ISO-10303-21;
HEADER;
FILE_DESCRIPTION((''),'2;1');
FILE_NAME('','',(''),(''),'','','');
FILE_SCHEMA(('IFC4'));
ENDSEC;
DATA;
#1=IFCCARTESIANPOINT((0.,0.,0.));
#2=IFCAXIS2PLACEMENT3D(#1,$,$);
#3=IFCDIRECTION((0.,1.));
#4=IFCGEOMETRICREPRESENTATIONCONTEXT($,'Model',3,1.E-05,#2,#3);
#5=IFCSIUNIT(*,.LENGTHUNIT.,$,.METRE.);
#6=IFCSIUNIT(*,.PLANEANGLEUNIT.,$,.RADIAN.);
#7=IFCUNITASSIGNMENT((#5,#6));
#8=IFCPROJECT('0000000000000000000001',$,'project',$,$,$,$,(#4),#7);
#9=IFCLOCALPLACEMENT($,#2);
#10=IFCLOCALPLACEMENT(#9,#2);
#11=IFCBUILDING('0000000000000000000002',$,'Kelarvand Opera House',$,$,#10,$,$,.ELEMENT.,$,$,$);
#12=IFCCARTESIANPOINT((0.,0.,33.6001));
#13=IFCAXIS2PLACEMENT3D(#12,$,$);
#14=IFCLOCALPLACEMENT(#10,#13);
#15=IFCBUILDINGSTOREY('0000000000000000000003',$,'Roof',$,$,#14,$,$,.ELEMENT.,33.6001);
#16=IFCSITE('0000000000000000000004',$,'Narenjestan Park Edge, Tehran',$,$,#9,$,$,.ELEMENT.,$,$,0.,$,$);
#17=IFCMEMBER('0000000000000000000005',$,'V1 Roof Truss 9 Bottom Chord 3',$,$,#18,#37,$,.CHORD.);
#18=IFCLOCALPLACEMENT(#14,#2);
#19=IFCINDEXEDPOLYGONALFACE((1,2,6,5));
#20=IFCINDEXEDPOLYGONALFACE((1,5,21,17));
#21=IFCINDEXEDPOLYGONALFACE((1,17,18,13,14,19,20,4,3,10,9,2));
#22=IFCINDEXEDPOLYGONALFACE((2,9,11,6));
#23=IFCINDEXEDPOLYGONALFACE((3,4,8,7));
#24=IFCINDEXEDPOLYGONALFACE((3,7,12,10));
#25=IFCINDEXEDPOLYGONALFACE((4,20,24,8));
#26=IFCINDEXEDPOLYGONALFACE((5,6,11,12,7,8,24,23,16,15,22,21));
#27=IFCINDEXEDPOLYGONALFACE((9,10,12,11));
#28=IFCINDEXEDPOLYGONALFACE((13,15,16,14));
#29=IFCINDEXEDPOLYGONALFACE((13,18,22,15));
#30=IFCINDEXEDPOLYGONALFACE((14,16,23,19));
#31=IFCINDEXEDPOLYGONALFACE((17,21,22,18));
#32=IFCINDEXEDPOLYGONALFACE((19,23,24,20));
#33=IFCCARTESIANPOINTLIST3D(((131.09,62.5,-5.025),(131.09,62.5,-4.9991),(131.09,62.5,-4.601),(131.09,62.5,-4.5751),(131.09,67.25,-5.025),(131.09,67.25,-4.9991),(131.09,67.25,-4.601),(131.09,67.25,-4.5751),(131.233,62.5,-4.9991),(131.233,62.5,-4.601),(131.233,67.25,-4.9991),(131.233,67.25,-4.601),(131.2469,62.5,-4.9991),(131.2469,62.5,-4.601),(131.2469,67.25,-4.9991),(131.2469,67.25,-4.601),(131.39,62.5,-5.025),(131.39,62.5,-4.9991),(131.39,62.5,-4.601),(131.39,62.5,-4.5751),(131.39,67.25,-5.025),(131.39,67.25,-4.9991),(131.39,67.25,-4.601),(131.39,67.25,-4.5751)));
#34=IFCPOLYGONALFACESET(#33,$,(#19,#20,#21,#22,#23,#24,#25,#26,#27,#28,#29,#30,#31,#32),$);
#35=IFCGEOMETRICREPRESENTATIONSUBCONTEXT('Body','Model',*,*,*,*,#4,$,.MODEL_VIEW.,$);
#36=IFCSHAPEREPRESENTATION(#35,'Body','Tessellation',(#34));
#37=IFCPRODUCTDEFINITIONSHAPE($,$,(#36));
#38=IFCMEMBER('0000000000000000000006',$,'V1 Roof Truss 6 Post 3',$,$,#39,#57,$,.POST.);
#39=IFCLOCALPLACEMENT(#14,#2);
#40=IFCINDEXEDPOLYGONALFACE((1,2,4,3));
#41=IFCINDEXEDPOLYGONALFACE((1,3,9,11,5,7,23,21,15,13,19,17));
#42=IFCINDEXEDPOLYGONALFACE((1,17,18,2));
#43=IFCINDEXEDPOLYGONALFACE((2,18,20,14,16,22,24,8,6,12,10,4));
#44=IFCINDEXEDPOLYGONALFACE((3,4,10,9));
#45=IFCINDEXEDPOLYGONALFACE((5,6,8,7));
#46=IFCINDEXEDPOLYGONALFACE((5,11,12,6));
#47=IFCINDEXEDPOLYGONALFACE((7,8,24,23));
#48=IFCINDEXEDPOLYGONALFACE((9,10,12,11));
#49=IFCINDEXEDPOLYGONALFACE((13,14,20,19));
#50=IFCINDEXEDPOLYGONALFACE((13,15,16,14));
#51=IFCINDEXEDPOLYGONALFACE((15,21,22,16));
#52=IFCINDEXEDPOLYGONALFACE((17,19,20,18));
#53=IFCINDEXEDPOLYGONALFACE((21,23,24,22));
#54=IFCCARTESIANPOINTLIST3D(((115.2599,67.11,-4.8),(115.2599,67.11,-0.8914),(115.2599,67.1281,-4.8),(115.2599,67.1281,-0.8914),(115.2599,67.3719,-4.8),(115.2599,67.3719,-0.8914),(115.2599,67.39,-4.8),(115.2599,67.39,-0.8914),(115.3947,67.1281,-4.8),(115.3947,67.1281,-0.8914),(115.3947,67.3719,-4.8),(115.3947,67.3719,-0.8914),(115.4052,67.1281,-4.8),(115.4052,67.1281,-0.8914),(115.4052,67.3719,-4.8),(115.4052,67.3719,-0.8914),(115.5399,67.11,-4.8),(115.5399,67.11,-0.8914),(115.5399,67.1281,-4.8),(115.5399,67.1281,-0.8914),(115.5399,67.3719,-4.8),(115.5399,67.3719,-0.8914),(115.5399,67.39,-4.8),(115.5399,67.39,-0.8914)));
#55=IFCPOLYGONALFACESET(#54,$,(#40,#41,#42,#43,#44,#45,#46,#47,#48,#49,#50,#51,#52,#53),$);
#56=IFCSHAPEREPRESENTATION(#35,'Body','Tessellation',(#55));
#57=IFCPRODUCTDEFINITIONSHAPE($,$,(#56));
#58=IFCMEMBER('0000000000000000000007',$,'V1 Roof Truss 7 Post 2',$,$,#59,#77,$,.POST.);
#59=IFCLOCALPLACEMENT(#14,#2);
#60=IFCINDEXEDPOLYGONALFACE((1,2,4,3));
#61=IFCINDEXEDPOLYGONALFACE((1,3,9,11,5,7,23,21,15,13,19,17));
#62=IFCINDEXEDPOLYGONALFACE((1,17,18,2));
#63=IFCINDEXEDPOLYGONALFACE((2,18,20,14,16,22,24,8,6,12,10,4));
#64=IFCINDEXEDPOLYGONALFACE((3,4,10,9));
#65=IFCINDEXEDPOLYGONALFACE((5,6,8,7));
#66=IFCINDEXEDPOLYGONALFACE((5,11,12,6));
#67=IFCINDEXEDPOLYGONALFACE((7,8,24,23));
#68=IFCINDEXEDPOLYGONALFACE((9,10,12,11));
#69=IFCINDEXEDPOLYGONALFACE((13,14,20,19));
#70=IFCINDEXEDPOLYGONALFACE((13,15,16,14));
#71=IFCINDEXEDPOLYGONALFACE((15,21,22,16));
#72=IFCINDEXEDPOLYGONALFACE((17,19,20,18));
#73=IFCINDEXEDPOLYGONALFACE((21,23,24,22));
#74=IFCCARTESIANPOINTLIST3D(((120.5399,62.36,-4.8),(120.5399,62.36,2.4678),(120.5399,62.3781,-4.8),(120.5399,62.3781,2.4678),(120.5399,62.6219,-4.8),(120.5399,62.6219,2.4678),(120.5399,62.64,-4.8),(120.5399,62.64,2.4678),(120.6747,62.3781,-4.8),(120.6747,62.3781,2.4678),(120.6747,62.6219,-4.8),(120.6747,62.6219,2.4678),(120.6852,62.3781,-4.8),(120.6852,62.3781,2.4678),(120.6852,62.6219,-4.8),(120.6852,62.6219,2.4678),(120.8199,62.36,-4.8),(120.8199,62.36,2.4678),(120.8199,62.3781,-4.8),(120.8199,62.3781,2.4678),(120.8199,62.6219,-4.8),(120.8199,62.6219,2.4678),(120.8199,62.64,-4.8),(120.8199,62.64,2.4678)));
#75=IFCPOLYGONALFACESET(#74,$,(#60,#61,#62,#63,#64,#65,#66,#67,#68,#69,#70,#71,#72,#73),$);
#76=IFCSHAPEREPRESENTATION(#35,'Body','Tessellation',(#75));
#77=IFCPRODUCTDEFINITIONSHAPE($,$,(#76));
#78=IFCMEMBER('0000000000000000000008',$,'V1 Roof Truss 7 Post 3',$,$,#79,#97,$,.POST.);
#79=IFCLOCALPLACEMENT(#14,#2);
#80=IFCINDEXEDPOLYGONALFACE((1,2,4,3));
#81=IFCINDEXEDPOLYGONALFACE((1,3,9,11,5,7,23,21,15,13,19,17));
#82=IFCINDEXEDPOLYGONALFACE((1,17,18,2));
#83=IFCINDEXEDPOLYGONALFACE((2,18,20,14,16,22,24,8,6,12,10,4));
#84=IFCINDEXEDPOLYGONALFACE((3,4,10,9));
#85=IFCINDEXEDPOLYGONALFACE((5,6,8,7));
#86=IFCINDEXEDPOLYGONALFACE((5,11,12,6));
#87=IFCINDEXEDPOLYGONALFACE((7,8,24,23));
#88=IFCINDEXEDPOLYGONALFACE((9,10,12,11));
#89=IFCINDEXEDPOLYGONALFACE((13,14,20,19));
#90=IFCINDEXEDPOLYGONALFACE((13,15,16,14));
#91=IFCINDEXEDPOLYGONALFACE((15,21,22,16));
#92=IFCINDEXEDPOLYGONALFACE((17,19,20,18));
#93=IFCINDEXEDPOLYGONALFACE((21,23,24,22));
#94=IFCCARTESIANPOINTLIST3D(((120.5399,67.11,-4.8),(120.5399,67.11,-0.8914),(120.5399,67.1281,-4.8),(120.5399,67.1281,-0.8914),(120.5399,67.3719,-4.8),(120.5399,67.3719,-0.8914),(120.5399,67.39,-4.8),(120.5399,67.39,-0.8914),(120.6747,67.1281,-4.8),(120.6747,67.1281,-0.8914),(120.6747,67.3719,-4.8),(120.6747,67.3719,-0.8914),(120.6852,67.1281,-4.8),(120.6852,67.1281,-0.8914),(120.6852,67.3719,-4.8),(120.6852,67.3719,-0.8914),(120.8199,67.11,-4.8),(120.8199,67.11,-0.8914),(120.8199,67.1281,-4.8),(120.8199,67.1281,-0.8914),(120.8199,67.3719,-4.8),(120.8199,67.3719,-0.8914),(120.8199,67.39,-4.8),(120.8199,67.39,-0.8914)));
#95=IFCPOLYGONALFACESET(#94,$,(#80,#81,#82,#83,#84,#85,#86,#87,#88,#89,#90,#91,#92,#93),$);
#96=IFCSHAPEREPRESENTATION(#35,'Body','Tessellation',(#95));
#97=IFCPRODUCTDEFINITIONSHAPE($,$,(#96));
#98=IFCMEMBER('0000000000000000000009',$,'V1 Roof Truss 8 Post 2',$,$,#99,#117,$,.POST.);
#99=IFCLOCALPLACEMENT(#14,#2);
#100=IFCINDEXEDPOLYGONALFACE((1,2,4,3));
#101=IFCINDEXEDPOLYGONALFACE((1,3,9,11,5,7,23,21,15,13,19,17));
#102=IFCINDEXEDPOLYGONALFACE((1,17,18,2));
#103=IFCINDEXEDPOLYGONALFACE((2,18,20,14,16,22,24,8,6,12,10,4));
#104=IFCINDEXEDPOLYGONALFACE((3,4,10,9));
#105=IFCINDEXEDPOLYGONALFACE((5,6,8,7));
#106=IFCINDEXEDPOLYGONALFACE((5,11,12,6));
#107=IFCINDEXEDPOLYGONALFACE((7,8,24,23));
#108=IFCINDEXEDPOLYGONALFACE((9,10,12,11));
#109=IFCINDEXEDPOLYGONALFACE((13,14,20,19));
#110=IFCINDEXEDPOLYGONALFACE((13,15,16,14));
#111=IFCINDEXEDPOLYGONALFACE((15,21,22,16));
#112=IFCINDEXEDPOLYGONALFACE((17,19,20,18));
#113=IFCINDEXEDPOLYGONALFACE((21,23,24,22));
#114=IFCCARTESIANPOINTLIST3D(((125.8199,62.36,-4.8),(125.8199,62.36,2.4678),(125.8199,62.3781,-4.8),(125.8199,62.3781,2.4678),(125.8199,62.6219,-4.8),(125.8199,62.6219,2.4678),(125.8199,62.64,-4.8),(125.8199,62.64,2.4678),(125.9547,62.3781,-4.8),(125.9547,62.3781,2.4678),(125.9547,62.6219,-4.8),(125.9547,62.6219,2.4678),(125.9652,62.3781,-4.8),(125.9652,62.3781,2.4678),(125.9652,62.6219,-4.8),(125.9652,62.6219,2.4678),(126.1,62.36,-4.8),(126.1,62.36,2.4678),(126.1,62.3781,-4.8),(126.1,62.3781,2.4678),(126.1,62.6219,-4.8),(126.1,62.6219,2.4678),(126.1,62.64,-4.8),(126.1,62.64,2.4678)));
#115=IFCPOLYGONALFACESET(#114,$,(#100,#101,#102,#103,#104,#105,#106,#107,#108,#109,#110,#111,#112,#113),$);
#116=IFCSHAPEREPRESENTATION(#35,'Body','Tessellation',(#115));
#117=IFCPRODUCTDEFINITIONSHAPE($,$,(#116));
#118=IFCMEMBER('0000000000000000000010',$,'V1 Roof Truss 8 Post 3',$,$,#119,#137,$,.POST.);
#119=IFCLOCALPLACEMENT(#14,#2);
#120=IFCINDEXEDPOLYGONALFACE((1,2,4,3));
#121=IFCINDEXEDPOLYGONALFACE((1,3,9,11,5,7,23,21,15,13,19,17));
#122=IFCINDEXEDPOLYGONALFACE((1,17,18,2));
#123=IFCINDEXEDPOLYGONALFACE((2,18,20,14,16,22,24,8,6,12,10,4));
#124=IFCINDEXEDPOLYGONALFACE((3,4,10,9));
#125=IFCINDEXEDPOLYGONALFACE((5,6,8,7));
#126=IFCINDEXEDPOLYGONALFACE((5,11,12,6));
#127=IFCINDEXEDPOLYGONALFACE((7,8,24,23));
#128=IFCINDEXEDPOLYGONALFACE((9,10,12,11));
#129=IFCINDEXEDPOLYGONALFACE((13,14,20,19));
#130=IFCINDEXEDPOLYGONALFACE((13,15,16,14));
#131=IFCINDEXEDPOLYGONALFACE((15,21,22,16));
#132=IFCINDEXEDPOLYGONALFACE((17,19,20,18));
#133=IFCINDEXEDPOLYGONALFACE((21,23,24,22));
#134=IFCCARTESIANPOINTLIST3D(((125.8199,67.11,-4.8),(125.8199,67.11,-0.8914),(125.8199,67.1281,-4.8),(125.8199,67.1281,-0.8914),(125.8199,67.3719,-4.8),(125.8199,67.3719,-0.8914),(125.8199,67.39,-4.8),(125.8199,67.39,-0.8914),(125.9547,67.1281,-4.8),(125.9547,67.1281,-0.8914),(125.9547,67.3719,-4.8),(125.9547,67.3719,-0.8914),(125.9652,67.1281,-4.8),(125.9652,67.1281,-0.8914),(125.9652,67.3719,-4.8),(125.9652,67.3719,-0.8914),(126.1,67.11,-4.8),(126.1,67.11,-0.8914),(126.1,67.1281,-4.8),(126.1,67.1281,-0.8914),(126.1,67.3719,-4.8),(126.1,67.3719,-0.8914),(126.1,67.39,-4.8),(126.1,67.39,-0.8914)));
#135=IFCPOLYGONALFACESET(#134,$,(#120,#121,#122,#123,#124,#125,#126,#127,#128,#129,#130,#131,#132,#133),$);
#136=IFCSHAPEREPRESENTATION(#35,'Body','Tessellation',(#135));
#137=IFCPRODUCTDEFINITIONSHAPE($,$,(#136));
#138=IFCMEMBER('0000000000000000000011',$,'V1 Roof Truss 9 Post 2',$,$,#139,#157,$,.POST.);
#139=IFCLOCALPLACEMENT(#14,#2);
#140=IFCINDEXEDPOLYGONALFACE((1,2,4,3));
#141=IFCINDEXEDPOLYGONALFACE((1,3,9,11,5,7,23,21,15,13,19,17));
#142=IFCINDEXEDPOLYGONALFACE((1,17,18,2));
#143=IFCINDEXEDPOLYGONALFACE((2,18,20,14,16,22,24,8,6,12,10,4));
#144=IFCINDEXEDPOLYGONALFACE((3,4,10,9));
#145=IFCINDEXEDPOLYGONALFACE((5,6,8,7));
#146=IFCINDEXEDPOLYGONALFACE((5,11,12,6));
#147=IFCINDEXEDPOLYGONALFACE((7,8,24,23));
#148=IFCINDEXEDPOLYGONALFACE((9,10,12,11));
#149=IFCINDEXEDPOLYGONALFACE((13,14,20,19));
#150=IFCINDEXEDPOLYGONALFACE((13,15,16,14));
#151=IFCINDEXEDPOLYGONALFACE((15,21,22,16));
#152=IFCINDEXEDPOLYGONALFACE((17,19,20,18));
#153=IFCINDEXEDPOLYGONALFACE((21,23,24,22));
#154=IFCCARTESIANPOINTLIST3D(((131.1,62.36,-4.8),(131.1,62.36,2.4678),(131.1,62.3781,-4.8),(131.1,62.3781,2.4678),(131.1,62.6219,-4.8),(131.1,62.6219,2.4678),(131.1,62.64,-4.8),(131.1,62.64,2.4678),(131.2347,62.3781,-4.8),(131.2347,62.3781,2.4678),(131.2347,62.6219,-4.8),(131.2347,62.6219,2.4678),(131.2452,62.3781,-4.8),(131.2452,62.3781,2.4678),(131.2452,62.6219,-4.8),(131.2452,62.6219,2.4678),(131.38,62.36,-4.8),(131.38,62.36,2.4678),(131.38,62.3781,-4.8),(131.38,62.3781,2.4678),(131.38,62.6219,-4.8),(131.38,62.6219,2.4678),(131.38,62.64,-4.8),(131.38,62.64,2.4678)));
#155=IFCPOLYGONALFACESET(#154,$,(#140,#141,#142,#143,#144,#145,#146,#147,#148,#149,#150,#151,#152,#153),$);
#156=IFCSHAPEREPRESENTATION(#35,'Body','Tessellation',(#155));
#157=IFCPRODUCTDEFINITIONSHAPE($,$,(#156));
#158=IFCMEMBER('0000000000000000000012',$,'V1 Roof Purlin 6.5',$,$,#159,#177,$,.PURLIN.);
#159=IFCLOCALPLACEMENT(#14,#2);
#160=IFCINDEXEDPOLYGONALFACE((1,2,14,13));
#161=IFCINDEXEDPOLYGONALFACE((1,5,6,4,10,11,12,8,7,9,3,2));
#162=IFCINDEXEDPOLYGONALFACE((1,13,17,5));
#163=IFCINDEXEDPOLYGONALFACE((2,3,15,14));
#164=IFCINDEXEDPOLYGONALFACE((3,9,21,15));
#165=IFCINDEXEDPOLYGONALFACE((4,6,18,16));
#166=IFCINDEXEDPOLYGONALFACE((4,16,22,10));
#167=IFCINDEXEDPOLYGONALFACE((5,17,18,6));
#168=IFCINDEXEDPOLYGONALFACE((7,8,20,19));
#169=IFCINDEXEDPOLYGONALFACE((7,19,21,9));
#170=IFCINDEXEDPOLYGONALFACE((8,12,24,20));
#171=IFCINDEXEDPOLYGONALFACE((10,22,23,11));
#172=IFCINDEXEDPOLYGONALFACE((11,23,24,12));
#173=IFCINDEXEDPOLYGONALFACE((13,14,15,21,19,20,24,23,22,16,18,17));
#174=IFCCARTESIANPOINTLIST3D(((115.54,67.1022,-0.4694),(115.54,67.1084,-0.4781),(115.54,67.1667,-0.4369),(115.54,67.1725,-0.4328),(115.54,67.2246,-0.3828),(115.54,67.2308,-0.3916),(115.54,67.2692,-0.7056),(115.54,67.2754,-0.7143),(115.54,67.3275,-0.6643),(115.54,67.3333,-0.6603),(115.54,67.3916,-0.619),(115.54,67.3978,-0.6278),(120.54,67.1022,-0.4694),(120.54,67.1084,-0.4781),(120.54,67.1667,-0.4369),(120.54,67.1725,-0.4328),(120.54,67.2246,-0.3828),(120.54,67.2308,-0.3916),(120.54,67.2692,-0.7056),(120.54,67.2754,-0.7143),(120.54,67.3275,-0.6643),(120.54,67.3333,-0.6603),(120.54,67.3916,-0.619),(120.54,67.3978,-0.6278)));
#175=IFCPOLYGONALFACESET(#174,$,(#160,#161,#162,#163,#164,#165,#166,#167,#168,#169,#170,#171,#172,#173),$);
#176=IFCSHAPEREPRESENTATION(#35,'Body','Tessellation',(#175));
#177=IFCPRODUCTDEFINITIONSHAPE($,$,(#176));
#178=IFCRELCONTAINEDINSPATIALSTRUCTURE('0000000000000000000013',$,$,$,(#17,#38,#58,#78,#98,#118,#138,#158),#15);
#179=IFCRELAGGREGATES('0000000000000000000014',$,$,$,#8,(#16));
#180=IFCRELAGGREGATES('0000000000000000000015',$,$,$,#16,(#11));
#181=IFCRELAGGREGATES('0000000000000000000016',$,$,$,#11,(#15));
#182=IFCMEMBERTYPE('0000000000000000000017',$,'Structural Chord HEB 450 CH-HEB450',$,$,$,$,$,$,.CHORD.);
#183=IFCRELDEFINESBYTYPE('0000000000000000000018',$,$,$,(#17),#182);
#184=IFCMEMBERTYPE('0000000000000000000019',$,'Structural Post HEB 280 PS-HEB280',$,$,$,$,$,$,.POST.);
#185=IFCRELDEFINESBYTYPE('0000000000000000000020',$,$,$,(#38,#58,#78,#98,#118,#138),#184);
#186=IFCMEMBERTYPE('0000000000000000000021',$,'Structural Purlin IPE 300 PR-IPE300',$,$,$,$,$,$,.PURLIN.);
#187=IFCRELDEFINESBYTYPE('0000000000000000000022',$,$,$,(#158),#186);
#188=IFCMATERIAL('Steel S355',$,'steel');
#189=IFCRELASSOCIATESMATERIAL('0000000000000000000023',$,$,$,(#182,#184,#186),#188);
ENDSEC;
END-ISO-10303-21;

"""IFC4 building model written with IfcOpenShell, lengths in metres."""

from ifc_helpers import new_model, si_unit, direction, frame, origin, origin_2d, place, context, subcontext, project, spatial, i_section, extrude, material, material_profile, profile_set, type_object, element, save


model = new_model("IFC4")

# Units and contexts
model_context = context("Model", 3, precision=1e-05, world=origin(), true_north=direction((0.0, 1.0)))
body_context = subcontext(model_context, "Body", "Model", "MODEL_VIEW")
ifc_project = project(units=[si_unit("LENGTHUNIT", "METRE"), si_unit("PLANEANGLEUNIT", "RADIAN")], contexts=[model_context])

# Site, building, storey
site_placement = place(None, origin())
site = spatial("IfcSite", under=ifc_project, at=site_placement, Name="Narenjestan Park Edge, Tehran", CompositionType="ELEMENT", RefElevation=0.0)
building_placement = place(site_placement, origin())
building = spatial("IfcBuilding", under=site, at=building_placement, Name="Kelarvand Opera House", CompositionType="ELEMENT")
storey_placement = place(building_placement, frame((0.0, 0.0, 33.6001)))
storey = spatial("IfcBuildingStorey", under=building, at=storey_placement, Name="Roof", CompositionType="ELEMENT", Elevation=33.6001)

# Members
ifc_material = material(Name="Steel S355", Category="steel")
ifc_material_profile_1 = material_profile(ifc_material, i_section(OverallWidth=0.3, OverallDepth=0.45, WebThickness=0.0139, FlangeThickness=0.0259, at=origin_2d()), Name="HEB 450", Category="steel")
ifc_profile_set_1 = profile_set([ifc_material_profile_1], Name="Steel S355")
member_type_1 = type_object("IfcMemberType", Name="Structural Chord HEB 450 CH-HEB450", PredefinedType="CHORD", material=ifc_profile_set_1)
for number, where, z_axis, x_axis, name in (
    (1, (131.24, 62.5, -4.8), (0.0, 1.0, 0.0), (-1.0, 0.0, 0.0), "V1 Roof Truss 9 Bottom Chord 3"),
):
    element("IfcMember", number, at=place(storey_placement, frame(where, z_axis=z_axis, x_axis=x_axis)), inside=storey, type_object=member_type_1, Name=name, PredefinedType="CHORD", context=body_context, shape_type="SweptSolid", body=[
        extrude(i_section(OverallWidth=0.3, OverallDepth=0.45, WebThickness=0.0139, FlangeThickness=0.0259, at=origin_2d()), origin(), (0.0, 0.0, 1.0), 4.75),
    ])
ifc_material_profile_2 = material_profile(ifc_material, i_section(OverallWidth=0.28, OverallDepth=0.28, WebThickness=0.0105, FlangeThickness=0.0181, at=origin_2d()), Name="HEB 280", Category="steel")
ifc_profile_set_2 = profile_set([ifc_material_profile_2], Name="Steel S355")
member_type_2 = type_object("IfcMemberType", Name="Structural Post HEB 280 PS-HEB280", PredefinedType="POST", material=ifc_profile_set_2)
member_1_placement = place(storey_placement, frame((115.3999, 67.25, -4.8), z_axis=(0.0, 0.0, 1.0), x_axis=(1.0, 0.0, 0.0)))
element("IfcMember", 2, at=member_1_placement, inside=storey, type_object=member_type_2, Name="V1 Roof Truss 6 Post 3", PredefinedType="POST", context=body_context, shape_type="SweptSolid", body=[
    extrude(i_section(OverallWidth=0.28, OverallDepth=0.28, WebThickness=0.0105, FlangeThickness=0.0181, at=origin_2d()), origin(), (0.0, 0.0, 1.0), 3.9087),
])
member_2_placement = place(storey_placement, frame((120.6799, 62.5, -4.8), z_axis=(0.0, 0.0, 1.0), x_axis=(1.0, 0.0, 0.0)))
element("IfcMember", 3, at=member_2_placement, inside=storey, type_object=member_type_2, Name="V1 Roof Truss 7 Post 2", PredefinedType="POST", context=body_context, shape_type="SweptSolid", body=[
    extrude(i_section(OverallWidth=0.28, OverallDepth=0.28, WebThickness=0.0105, FlangeThickness=0.0181, at=origin_2d()), origin(), (0.0, 0.0, 1.0), 7.2678),
])
member_3_placement = place(storey_placement, frame((120.6799, 67.25, -4.8), z_axis=(0.0, 0.0, 1.0), x_axis=(1.0, 0.0, 0.0)))
element("IfcMember", 4, at=member_3_placement, inside=storey, type_object=member_type_2, Name="V1 Roof Truss 7 Post 3", PredefinedType="POST", context=body_context, shape_type="SweptSolid", body=[
    extrude(i_section(OverallWidth=0.28, OverallDepth=0.28, WebThickness=0.0105, FlangeThickness=0.0181, at=origin_2d()), origin(), (0.0, 0.0, 1.0), 3.9087),
])
member_4_placement = place(storey_placement, frame((125.96, 62.5, -4.8), z_axis=(0.0, 0.0, 1.0), x_axis=(1.0, 0.0, 0.0)))
element("IfcMember", 5, at=member_4_placement, inside=storey, type_object=member_type_2, Name="V1 Roof Truss 8 Post 2", PredefinedType="POST", context=body_context, shape_type="SweptSolid", body=[
    extrude(i_section(OverallWidth=0.28, OverallDepth=0.28, WebThickness=0.0105, FlangeThickness=0.0181, at=origin_2d()), origin(), (0.0, 0.0, 1.0), 7.2678),
])
member_5_placement = place(storey_placement, frame((125.96, 67.25, -4.8), z_axis=(0.0, 0.0, 1.0), x_axis=(1.0, 0.0, 0.0)))
element("IfcMember", 6, at=member_5_placement, inside=storey, type_object=member_type_2, Name="V1 Roof Truss 8 Post 3", PredefinedType="POST", context=body_context, shape_type="SweptSolid", body=[
    extrude(i_section(OverallWidth=0.28, OverallDepth=0.28, WebThickness=0.0105, FlangeThickness=0.0181, at=origin_2d()), origin(), (0.0, 0.0, 1.0), 3.9087),
])
member_6_placement = place(storey_placement, frame((131.24, 62.5, -4.8), z_axis=(0.0, 0.0, 1.0), x_axis=(1.0, 0.0, 0.0)))
element("IfcMember", 7, at=member_6_placement, inside=storey, type_object=member_type_2, Name="V1 Roof Truss 9 Post 2", PredefinedType="POST", context=body_context, shape_type="SweptSolid", body=[
    extrude(i_section(OverallWidth=0.28, OverallDepth=0.28, WebThickness=0.0105, FlangeThickness=0.0181, at=origin_2d()), origin(), (0.0, 0.0, 1.0), 7.2678),
])
ifc_material_profile_3 = material_profile(ifc_material, i_section(OverallWidth=0.1499, OverallDepth=0.3, WebThickness=0.0071, FlangeThickness=0.0107, at=origin_2d()), Name="IPE 300", Category="steel")
ifc_profile_set_3 = profile_set([ifc_material_profile_3], Name="Steel S355")
member_type_3 = type_object("IfcMemberType", Name="Structural Purlin IPE 300 PR-IPE300", PredefinedType="PURLIN", material=ifc_profile_set_3)
for number, where, z_axis, x_axis, name in (
    (8, (115.54, 67.25, -0.5486), (1.0, 0.0, 0.0), (0.0, 0.81644, 0.57743), "V1 Roof Purlin 6.5"),
):
    element("IfcMember", number, at=place(storey_placement, frame(where, z_axis=z_axis, x_axis=x_axis)), inside=storey, type_object=member_type_3, Name=name, PredefinedType="PURLIN", context=body_context, shape_type="SweptSolid", body=[
        extrude(i_section(OverallWidth=0.1499, OverallDepth=0.3, WebThickness=0.0071, FlangeThickness=0.0107, at=origin_2d()), origin(), (0.0, 0.0, 1.0), 5.0),
    ])

save(model, "model.ifc")
